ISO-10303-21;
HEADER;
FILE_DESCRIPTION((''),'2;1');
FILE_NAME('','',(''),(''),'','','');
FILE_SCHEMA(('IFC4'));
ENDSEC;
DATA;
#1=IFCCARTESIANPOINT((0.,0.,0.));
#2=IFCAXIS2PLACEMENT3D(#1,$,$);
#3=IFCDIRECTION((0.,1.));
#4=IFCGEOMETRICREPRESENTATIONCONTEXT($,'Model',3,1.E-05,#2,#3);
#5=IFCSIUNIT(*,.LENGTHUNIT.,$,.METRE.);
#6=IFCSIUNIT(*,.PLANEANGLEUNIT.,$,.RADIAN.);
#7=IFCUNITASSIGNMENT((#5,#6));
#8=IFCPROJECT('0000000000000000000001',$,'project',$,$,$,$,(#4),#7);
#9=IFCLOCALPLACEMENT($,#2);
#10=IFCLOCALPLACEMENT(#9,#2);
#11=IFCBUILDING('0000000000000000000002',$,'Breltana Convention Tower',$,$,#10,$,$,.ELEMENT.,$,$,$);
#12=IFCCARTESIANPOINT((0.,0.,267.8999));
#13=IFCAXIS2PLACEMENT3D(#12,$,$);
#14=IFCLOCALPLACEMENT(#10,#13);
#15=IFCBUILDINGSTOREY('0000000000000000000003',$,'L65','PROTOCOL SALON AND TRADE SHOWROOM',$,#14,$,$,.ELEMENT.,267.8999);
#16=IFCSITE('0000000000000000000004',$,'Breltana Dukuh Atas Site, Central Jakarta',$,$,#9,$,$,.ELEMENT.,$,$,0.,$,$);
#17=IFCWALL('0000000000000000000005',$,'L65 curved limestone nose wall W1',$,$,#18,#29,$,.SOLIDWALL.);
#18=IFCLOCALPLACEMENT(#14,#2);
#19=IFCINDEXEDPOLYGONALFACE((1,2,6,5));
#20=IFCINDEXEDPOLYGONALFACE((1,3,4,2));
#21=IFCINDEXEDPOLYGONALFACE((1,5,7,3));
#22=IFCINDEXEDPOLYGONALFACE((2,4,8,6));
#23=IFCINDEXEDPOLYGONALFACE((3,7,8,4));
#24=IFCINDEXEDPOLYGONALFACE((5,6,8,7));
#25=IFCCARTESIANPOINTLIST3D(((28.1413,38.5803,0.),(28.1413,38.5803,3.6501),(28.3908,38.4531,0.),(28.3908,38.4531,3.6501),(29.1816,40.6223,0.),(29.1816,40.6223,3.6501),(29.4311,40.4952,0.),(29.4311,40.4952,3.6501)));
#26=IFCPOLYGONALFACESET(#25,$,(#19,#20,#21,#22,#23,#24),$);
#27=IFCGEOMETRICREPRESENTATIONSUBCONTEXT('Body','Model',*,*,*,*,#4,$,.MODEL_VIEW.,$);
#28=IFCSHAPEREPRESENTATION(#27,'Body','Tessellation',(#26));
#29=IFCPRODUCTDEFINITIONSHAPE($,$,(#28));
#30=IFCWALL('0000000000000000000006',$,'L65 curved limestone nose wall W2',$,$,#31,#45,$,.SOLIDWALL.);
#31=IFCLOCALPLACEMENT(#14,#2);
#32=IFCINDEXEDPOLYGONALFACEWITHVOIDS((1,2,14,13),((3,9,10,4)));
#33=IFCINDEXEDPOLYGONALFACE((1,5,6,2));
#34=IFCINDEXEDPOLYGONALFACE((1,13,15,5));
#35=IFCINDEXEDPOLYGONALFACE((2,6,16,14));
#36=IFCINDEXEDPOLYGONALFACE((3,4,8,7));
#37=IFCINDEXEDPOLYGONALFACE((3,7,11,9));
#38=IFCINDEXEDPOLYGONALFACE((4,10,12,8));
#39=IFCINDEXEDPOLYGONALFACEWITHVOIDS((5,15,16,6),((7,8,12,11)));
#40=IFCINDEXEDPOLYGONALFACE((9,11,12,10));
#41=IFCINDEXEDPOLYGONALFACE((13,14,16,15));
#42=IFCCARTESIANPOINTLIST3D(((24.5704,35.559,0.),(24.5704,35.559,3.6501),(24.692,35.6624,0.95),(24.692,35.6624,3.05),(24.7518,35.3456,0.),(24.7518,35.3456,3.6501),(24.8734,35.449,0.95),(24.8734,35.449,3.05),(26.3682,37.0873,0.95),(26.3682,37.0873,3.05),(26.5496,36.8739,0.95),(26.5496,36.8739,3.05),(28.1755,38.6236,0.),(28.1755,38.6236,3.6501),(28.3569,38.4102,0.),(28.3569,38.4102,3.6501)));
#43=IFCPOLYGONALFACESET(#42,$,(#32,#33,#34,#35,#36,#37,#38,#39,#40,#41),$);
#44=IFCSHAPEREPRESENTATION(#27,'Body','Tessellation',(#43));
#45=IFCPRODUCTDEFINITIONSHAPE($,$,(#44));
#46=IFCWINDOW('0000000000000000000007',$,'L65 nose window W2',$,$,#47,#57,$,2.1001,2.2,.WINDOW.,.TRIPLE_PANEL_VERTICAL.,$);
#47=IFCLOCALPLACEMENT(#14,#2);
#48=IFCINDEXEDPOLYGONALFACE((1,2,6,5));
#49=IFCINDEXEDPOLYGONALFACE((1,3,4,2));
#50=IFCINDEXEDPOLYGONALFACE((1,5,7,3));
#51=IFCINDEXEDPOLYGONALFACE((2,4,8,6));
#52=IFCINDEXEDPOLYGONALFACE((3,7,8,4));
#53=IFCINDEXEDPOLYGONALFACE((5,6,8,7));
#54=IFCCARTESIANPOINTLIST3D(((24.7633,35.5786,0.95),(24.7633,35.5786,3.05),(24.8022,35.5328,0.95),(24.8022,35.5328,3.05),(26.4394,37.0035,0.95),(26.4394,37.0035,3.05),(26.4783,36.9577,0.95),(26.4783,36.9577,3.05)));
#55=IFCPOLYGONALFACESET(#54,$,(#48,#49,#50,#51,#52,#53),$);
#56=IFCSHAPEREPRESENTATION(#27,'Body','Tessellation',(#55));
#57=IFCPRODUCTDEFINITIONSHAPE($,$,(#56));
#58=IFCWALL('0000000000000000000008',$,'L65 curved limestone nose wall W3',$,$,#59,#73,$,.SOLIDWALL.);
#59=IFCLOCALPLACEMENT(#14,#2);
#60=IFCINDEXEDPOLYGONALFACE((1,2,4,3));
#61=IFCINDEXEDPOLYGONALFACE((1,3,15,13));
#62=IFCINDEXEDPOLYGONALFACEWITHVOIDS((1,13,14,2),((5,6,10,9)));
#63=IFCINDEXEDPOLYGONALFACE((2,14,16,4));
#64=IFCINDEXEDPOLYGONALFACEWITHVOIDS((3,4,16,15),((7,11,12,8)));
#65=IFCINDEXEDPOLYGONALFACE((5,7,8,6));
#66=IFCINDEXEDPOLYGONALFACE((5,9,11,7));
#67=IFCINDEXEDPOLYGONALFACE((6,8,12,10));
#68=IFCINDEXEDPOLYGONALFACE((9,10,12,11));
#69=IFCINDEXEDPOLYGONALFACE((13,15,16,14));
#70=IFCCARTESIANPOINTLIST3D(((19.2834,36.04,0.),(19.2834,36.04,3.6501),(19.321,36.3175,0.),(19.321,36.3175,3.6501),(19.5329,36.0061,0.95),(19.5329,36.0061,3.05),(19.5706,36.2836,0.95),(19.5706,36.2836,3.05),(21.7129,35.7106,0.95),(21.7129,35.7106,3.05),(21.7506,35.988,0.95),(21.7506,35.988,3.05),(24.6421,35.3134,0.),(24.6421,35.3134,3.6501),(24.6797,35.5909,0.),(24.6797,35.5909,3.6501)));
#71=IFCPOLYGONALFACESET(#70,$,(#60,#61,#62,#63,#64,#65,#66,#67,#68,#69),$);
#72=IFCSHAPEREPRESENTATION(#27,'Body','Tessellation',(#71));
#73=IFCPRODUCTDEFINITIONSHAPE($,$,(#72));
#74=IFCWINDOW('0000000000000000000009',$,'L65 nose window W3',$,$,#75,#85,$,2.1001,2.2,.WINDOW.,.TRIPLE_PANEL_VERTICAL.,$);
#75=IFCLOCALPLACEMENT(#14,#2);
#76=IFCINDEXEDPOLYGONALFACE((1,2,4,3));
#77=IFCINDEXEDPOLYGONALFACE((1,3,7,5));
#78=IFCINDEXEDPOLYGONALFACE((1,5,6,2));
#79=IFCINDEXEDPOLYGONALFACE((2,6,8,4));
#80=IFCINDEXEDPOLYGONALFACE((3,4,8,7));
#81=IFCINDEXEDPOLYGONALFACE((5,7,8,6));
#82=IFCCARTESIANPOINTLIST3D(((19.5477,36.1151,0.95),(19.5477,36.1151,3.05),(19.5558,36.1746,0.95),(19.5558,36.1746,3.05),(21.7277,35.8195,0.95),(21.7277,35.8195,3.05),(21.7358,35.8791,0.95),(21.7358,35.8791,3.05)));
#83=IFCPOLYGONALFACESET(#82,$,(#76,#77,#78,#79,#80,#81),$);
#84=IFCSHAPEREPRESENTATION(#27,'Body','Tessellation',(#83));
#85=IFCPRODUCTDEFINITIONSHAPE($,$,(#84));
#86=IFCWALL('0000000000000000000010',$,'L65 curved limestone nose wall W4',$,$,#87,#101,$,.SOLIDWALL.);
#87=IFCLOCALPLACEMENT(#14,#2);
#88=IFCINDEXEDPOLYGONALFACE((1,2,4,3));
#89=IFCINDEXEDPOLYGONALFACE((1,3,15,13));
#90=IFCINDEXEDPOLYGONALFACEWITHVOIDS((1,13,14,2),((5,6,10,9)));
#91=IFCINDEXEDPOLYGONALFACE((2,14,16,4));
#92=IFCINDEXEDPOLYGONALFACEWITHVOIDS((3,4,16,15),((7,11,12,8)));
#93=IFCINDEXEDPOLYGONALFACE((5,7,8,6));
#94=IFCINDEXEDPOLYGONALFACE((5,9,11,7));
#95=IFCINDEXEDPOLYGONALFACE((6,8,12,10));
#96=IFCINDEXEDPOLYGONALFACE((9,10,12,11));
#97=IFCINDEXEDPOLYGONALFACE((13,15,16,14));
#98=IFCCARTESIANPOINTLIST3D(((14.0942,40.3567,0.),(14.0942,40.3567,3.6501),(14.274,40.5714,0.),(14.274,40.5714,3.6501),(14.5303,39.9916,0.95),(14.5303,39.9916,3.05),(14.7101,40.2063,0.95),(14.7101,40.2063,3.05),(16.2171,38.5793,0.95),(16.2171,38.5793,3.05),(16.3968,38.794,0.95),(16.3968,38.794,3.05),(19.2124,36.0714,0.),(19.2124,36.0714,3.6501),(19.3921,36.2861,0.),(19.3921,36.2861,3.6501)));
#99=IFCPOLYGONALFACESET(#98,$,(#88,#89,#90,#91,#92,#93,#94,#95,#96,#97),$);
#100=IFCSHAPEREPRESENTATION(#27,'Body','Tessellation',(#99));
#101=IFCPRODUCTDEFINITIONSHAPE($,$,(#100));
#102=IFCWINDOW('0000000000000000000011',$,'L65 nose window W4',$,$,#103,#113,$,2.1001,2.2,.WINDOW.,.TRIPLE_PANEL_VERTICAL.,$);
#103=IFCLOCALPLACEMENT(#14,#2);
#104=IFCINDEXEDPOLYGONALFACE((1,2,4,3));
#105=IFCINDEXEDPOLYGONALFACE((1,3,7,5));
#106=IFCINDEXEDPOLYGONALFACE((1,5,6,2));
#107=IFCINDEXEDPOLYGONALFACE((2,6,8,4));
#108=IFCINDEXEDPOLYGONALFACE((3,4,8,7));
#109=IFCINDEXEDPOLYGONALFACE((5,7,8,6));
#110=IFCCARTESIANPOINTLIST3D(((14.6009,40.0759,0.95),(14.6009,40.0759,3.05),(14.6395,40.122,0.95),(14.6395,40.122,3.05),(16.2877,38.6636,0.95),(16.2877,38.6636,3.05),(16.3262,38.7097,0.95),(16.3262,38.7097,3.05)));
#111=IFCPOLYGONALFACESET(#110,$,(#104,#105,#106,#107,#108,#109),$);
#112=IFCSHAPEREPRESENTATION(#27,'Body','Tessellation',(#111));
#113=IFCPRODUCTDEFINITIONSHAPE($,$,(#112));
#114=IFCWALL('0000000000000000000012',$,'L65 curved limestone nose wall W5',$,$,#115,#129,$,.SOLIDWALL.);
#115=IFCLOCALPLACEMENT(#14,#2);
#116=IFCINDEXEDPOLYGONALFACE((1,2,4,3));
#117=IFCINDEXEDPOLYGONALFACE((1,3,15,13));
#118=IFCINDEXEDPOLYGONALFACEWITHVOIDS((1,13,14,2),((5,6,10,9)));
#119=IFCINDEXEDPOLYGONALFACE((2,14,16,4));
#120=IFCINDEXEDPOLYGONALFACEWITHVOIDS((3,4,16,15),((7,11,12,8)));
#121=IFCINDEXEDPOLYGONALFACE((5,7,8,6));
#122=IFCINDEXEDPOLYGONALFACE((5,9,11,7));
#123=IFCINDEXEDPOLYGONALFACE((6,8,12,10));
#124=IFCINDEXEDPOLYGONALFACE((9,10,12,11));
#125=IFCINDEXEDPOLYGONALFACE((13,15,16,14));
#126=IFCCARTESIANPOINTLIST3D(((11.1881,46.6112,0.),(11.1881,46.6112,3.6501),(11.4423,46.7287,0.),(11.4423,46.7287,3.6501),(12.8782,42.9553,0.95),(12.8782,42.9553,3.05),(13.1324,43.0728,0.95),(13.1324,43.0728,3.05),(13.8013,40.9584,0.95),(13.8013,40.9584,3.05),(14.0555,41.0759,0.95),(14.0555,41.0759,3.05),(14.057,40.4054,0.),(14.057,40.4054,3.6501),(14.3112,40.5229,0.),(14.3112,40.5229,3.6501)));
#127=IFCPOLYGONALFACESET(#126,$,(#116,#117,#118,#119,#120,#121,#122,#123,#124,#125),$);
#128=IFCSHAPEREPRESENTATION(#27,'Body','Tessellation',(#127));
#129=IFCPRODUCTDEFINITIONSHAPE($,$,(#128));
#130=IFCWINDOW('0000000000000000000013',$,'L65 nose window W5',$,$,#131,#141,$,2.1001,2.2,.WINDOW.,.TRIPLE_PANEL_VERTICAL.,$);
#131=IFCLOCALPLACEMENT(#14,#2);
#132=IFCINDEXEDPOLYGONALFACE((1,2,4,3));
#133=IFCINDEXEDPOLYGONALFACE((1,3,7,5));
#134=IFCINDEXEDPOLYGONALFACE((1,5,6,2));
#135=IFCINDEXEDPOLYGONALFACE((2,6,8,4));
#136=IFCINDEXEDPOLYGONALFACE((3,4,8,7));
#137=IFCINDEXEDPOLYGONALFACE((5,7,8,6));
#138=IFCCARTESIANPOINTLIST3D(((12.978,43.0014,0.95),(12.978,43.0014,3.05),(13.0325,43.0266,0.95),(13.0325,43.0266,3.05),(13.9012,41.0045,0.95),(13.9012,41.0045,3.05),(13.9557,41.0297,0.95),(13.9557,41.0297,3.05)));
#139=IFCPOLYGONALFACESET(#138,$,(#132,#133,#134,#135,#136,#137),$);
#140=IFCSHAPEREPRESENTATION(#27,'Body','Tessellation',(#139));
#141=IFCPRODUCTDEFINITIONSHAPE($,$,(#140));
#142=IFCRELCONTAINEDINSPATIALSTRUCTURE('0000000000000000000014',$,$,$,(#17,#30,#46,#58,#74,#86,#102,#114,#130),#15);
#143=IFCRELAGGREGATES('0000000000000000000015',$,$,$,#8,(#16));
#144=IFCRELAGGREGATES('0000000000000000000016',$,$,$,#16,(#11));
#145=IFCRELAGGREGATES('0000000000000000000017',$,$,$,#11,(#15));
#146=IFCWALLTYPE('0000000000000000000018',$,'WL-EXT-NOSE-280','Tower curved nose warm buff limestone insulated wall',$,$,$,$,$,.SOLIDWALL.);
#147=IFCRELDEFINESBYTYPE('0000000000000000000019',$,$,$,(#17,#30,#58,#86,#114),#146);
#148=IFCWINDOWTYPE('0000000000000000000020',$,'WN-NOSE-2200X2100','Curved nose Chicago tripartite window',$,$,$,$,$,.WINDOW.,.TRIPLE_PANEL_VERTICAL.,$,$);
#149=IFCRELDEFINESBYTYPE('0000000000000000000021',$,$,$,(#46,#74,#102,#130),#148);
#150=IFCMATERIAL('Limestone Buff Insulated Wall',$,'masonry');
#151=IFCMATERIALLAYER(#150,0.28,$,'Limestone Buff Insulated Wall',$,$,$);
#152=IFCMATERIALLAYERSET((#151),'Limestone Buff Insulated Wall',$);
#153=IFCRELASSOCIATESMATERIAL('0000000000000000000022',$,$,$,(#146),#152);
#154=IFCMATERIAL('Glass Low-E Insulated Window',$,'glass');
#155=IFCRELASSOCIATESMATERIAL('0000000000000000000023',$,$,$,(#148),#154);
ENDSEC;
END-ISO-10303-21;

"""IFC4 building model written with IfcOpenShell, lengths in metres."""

from ifc_helpers import new_model, si_unit, direction, frame, frame_2d, origin, place, context, subcontext, project, spatial, rectangle, extrude, source, transform, mapped, material, layer, layer_set, type_object, type_shapes, element, fill, save


model = new_model("IFC4")

# Units and contexts
model_context = context("Model", 3, precision=1e-05, world=origin(), true_north=direction((0.0, 1.0)))
body_context = subcontext(model_context, "Body", "Model", "MODEL_VIEW")
ifc_project = project(units=[si_unit("LENGTHUNIT", "METRE"), si_unit("PLANEANGLEUNIT", "RADIAN")], contexts=[model_context])

# Site, building, storey
site_placement = place(None, origin())
site = spatial("IfcSite", under=ifc_project, at=site_placement, Name="Breltana Dukuh Atas Site, Central Jakarta", CompositionType="ELEMENT", RefElevation=0.0)
building_placement = place(site_placement, origin())
building = spatial("IfcBuilding", under=site, at=building_placement, Name="Breltana Convention Tower", CompositionType="ELEMENT")
storey_placement = place(building_placement, frame((0.0, 0.0, 267.8999)))
storey = spatial("IfcBuildingStorey", under=building, at=storey_placement, Name="L65", Description="PROTOCOL SALON AND TRADE SHOWROOM", CompositionType="ELEMENT", Elevation=267.8999)

# Wall
ifc_material_1 = material(Name="Limestone Buff Insulated Wall", Category="masonry")
ifc_layer_1 = layer(ifc_material_1, 0.28, Name="Limestone Buff Insulated Wall")
ifc_layer_set_1 = layer_set([ifc_layer_1], Name="Limestone Buff Insulated Wall")
wall_type = type_object("IfcWallType", Name="WL-EXT-NOSE-280", Description="Tower curved nose warm buff limestone insulated wall", PredefinedType="SOLIDWALL", material=ifc_layer_set_1)
shared_shape_1 = source(origin(), body_context, "Body", "SweptSolid", [
    extrude(rectangle(XDim=2.2917, YDim=0.28, at=frame_2d((1.146, 0.0))), origin(), (0.0, 0.0, 1.0), 3.6501),
])
wall_1_placement = place(storey_placement, frame((29.3064, 40.5588, 0.0), z_axis=(0.0, 0.0, 1.0), x_axis=(-0.453934, -0.891035, 0.0)))
element("IfcWall", 1, at=wall_1_placement, inside=storey, type_object=wall_type, Name="L65 curved limestone nose wall W1", PredefinedType="SOLIDWALL", context=body_context, shape_type="MappedRepresentation", body=[
    mapped(shared_shape_1, transform((0.0, 0.0, 0.0), scale=1.0)),
])

# Walls, openings, windows
shared_shape_2 = source(origin(), body_context, "Body", "SweptSolid", [
    extrude(rectangle(XDim=4.7317, YDim=0.28, at=frame_2d((2.3657, 0.0))), origin(), (0.0, 0.0, 1.0), 3.6501),
])
wall_2_placement = place(storey_placement, frame((28.2661, 38.5168, 0.0), z_axis=(0.0, 0.0, 1.0), x_axis=(-0.761913, -0.64768, 0.0)))
wall_2 = element("IfcWall", 2, at=wall_2_placement, inside=storey, type_object=wall_type, Name="L65 curved limestone nose wall W2", PredefinedType="SOLIDWALL", context=body_context, shape_type="MappedRepresentation", body=[
    mapped(shared_shape_2, transform((0.0, 0.0, 0.0), scale=1.0)),
])
opening_1_placement = place(wall_2_placement, frame((2.3718, 0.0, 0.95)))
opening_1 = element("IfcOpeningElement", 3, at=opening_1_placement, cuts=wall_2, PredefinedType="OPENING", context=body_context, shape_type="SweptSolid", body=[
    extrude(rectangle(XDim=2.2, YDim=2.1001, at=frame_2d((1.1001, 1.05))), frame((0.0, 0.1499, 0.0), z_axis=(0.0, -1.0, 0.0), x_axis=(1.0, 0.0, 0.0)), (0.0, 0.0, 1.0), 0.3),
])
ifc_material_2 = material(Name="Glass Low-E Insulated Window", Category="glass")
window_type = type_object("IfcWindowType", Name="WN-NOSE-2200X2100", Description="Curved nose Chicago tripartite window", PartitioningType="TRIPLE_PANEL_VERTICAL", PredefinedType="WINDOW", material=ifc_material_2)
shared_shape_3 = source(origin(), body_context, "Body", "SweptSolid", [
    extrude(rectangle(XDim=2.2, YDim=2.1001, at=frame_2d((1.1001, 1.05))), frame((0.0, 0.03, 0.0), z_axis=(0.0, -1.0, 0.0), x_axis=(1.0, 0.0, 0.0)), (0.0, 0.0, 1.0), 0.0601),
])
type_shapes(window_type, [shared_shape_3])
window_1_placement = place(opening_1_placement, origin())
window_1 = element("IfcWindow", 4, at=window_1_placement, inside=storey, type_object=window_type, Name="L65 nose window W2", OverallHeight=2.1001, OverallWidth=2.2, PartitioningType="TRIPLE_PANEL_VERTICAL", PredefinedType="WINDOW", context=body_context, shape_type="MappedRepresentation", body=[
    mapped(shared_shape_3, transform((0.0, 0.0, 0.0), scale=1.0)),
])
fill(opening_1, window_1)
shared_shape_4 = source(origin(), body_context, "Body", "SweptSolid", [
    extrude(rectangle(XDim=5.4077, YDim=0.28, at=frame_2d((2.7039, 0.0))), origin(), (0.0, 0.0, 1.0), 3.6501),
])
wall_3_placement = place(storey_placement, frame((24.6609, 35.4521, 0.0), z_axis=(0.0, 0.0, 1.0), x_axis=(-0.990933, 0.134358, 0.0)))
wall_3 = element("IfcWall", 5, at=wall_3_placement, inside=storey, type_object=wall_type, Name="L65 curved limestone nose wall W3", PredefinedType="SOLIDWALL", context=body_context, shape_type="MappedRepresentation", body=[
    mapped(shared_shape_4, transform((0.0, 0.0, 0.0), scale=1.0)),
])
opening_2_placement = place(wall_3_placement, frame((2.9558, 0.0, 0.95)))
opening_2 = element("IfcOpeningElement", 6, at=opening_2_placement, cuts=wall_3, PredefinedType="OPENING", context=body_context, shape_type="SweptSolid", body=[
    extrude(rectangle(XDim=2.2, YDim=2.1001, at=frame_2d((1.1001, 1.05))), frame((0.0, 0.1499, 0.0), z_axis=(0.0, -1.0, 0.0), x_axis=(1.0, 0.0, 0.0)), (0.0, 0.0, 1.0), 0.3),
])
window_2_placement = place(opening_2_placement, origin())
window_2 = element("IfcWindow", 7, at=window_2_placement, inside=storey, type_object=window_type, Name="L65 nose window W3", OverallHeight=2.1001, OverallWidth=2.2, PartitioningType="TRIPLE_PANEL_VERTICAL", PredefinedType="WINDOW", context=body_context, shape_type="MappedRepresentation", body=[
    mapped(shared_shape_3, transform((0.0, 0.0, 0.0), scale=1.0)),
])
fill(opening_2, window_2)
shared_shape_5 = source(origin(), body_context, "Body", "SweptSolid", [
    extrude(rectangle(XDim=6.6753, YDim=0.28, at=frame_2d((3.3376, 0.0))), origin(), (0.0, 0.0, 1.0), 3.6501),
])
wall_4_placement = place(storey_placement, frame((19.3022, 36.1787, 0.0), z_axis=(0.0, 0.0, 1.0), x_axis=(-0.766726, 0.641974, 0.0)))
wall_4 = element("IfcWall", 8, at=wall_4_placement, inside=storey, type_object=wall_type, Name="L65 curved limestone nose wall W4", PredefinedType="SOLIDWALL", context=body_context, shape_type="MappedRepresentation", body=[
    mapped(shared_shape_5, transform((0.0, 0.0, 0.0), scale=1.0)),
])
opening_3_placement = place(wall_4_placement, frame((3.9065, 0.0, 0.95)))
opening_3 = element("IfcOpeningElement", 9, at=opening_3_placement, cuts=wall_4, PredefinedType="OPENING", context=body_context, shape_type="SweptSolid", body=[
    extrude(rectangle(XDim=2.2, YDim=2.1001, at=frame_2d((1.1001, 1.05))), frame((0.0, 0.1499, 0.0), z_axis=(0.0, -1.0, 0.0), x_axis=(1.0, 0.0, 0.0)), (0.0, 0.0, 1.0), 0.3),
])
window_3_placement = place(opening_3_placement, origin())
window_3 = element("IfcWindow", 10, at=window_3_placement, inside=storey, type_object=window_type, Name="L65 nose window W4", OverallHeight=2.1001, OverallWidth=2.2, PartitioningType="TRIPLE_PANEL_VERTICAL", PredefinedType="WINDOW", context=body_context, shape_type="MappedRepresentation", body=[
    mapped(shared_shape_3, transform((0.0, 0.0, 0.0), scale=1.0)),
])
fill(opening_3, window_3)
shared_shape_6 = source(origin(), body_context, "Body", "SweptSolid", [
    extrude(rectangle(XDim=6.8369, YDim=0.28, at=frame_2d((3.4185, 0.0))), origin(), (0.0, 0.0, 1.0), 3.6501),
])
wall_5_placement = place(storey_placement, frame((14.1841, 40.4641, 0.0), z_axis=(0.0, 0.0, 1.0), x_axis=(-0.419622, 0.907699, 0.0)))
wall_5 = element("IfcWall", 11, at=wall_5_placement, inside=storey, type_object=wall_type, Name="L65 curved limestone nose wall W5", PredefinedType="SOLIDWALL", context=body_context, shape_type="MappedRepresentation", body=[
    mapped(shared_shape_6, transform((0.0, 0.0, 0.0), scale=1.0)),
])
opening_4_placement = place(wall_5_placement, frame((0.6091, 0.0, 0.95)))
opening_4 = element("IfcOpeningElement", 12, at=opening_4_placement, cuts=wall_5, PredefinedType="OPENING", context=body_context, shape_type="SweptSolid", body=[
    extrude(rectangle(XDim=2.2, YDim=2.1001, at=frame_2d((1.1001, 1.05))), frame((0.0, 0.1499, 0.0), z_axis=(0.0, -1.0, 0.0), x_axis=(1.0, 0.0, 0.0)), (0.0, 0.0, 1.0), 0.3),
])
window_4_placement = place(opening_4_placement, origin())
window_4 = element("IfcWindow", 13, at=window_4_placement, inside=storey, type_object=window_type, Name="L65 nose window W5", OverallHeight=2.1001, OverallWidth=2.2, PartitioningType="TRIPLE_PANEL_VERTICAL", PredefinedType="WINDOW", context=body_context, shape_type="MappedRepresentation", body=[
    mapped(shared_shape_3, transform((0.0, 0.0, 0.0), scale=1.0)),
])
fill(opening_4, window_4)

save(model, "model.ifc")
